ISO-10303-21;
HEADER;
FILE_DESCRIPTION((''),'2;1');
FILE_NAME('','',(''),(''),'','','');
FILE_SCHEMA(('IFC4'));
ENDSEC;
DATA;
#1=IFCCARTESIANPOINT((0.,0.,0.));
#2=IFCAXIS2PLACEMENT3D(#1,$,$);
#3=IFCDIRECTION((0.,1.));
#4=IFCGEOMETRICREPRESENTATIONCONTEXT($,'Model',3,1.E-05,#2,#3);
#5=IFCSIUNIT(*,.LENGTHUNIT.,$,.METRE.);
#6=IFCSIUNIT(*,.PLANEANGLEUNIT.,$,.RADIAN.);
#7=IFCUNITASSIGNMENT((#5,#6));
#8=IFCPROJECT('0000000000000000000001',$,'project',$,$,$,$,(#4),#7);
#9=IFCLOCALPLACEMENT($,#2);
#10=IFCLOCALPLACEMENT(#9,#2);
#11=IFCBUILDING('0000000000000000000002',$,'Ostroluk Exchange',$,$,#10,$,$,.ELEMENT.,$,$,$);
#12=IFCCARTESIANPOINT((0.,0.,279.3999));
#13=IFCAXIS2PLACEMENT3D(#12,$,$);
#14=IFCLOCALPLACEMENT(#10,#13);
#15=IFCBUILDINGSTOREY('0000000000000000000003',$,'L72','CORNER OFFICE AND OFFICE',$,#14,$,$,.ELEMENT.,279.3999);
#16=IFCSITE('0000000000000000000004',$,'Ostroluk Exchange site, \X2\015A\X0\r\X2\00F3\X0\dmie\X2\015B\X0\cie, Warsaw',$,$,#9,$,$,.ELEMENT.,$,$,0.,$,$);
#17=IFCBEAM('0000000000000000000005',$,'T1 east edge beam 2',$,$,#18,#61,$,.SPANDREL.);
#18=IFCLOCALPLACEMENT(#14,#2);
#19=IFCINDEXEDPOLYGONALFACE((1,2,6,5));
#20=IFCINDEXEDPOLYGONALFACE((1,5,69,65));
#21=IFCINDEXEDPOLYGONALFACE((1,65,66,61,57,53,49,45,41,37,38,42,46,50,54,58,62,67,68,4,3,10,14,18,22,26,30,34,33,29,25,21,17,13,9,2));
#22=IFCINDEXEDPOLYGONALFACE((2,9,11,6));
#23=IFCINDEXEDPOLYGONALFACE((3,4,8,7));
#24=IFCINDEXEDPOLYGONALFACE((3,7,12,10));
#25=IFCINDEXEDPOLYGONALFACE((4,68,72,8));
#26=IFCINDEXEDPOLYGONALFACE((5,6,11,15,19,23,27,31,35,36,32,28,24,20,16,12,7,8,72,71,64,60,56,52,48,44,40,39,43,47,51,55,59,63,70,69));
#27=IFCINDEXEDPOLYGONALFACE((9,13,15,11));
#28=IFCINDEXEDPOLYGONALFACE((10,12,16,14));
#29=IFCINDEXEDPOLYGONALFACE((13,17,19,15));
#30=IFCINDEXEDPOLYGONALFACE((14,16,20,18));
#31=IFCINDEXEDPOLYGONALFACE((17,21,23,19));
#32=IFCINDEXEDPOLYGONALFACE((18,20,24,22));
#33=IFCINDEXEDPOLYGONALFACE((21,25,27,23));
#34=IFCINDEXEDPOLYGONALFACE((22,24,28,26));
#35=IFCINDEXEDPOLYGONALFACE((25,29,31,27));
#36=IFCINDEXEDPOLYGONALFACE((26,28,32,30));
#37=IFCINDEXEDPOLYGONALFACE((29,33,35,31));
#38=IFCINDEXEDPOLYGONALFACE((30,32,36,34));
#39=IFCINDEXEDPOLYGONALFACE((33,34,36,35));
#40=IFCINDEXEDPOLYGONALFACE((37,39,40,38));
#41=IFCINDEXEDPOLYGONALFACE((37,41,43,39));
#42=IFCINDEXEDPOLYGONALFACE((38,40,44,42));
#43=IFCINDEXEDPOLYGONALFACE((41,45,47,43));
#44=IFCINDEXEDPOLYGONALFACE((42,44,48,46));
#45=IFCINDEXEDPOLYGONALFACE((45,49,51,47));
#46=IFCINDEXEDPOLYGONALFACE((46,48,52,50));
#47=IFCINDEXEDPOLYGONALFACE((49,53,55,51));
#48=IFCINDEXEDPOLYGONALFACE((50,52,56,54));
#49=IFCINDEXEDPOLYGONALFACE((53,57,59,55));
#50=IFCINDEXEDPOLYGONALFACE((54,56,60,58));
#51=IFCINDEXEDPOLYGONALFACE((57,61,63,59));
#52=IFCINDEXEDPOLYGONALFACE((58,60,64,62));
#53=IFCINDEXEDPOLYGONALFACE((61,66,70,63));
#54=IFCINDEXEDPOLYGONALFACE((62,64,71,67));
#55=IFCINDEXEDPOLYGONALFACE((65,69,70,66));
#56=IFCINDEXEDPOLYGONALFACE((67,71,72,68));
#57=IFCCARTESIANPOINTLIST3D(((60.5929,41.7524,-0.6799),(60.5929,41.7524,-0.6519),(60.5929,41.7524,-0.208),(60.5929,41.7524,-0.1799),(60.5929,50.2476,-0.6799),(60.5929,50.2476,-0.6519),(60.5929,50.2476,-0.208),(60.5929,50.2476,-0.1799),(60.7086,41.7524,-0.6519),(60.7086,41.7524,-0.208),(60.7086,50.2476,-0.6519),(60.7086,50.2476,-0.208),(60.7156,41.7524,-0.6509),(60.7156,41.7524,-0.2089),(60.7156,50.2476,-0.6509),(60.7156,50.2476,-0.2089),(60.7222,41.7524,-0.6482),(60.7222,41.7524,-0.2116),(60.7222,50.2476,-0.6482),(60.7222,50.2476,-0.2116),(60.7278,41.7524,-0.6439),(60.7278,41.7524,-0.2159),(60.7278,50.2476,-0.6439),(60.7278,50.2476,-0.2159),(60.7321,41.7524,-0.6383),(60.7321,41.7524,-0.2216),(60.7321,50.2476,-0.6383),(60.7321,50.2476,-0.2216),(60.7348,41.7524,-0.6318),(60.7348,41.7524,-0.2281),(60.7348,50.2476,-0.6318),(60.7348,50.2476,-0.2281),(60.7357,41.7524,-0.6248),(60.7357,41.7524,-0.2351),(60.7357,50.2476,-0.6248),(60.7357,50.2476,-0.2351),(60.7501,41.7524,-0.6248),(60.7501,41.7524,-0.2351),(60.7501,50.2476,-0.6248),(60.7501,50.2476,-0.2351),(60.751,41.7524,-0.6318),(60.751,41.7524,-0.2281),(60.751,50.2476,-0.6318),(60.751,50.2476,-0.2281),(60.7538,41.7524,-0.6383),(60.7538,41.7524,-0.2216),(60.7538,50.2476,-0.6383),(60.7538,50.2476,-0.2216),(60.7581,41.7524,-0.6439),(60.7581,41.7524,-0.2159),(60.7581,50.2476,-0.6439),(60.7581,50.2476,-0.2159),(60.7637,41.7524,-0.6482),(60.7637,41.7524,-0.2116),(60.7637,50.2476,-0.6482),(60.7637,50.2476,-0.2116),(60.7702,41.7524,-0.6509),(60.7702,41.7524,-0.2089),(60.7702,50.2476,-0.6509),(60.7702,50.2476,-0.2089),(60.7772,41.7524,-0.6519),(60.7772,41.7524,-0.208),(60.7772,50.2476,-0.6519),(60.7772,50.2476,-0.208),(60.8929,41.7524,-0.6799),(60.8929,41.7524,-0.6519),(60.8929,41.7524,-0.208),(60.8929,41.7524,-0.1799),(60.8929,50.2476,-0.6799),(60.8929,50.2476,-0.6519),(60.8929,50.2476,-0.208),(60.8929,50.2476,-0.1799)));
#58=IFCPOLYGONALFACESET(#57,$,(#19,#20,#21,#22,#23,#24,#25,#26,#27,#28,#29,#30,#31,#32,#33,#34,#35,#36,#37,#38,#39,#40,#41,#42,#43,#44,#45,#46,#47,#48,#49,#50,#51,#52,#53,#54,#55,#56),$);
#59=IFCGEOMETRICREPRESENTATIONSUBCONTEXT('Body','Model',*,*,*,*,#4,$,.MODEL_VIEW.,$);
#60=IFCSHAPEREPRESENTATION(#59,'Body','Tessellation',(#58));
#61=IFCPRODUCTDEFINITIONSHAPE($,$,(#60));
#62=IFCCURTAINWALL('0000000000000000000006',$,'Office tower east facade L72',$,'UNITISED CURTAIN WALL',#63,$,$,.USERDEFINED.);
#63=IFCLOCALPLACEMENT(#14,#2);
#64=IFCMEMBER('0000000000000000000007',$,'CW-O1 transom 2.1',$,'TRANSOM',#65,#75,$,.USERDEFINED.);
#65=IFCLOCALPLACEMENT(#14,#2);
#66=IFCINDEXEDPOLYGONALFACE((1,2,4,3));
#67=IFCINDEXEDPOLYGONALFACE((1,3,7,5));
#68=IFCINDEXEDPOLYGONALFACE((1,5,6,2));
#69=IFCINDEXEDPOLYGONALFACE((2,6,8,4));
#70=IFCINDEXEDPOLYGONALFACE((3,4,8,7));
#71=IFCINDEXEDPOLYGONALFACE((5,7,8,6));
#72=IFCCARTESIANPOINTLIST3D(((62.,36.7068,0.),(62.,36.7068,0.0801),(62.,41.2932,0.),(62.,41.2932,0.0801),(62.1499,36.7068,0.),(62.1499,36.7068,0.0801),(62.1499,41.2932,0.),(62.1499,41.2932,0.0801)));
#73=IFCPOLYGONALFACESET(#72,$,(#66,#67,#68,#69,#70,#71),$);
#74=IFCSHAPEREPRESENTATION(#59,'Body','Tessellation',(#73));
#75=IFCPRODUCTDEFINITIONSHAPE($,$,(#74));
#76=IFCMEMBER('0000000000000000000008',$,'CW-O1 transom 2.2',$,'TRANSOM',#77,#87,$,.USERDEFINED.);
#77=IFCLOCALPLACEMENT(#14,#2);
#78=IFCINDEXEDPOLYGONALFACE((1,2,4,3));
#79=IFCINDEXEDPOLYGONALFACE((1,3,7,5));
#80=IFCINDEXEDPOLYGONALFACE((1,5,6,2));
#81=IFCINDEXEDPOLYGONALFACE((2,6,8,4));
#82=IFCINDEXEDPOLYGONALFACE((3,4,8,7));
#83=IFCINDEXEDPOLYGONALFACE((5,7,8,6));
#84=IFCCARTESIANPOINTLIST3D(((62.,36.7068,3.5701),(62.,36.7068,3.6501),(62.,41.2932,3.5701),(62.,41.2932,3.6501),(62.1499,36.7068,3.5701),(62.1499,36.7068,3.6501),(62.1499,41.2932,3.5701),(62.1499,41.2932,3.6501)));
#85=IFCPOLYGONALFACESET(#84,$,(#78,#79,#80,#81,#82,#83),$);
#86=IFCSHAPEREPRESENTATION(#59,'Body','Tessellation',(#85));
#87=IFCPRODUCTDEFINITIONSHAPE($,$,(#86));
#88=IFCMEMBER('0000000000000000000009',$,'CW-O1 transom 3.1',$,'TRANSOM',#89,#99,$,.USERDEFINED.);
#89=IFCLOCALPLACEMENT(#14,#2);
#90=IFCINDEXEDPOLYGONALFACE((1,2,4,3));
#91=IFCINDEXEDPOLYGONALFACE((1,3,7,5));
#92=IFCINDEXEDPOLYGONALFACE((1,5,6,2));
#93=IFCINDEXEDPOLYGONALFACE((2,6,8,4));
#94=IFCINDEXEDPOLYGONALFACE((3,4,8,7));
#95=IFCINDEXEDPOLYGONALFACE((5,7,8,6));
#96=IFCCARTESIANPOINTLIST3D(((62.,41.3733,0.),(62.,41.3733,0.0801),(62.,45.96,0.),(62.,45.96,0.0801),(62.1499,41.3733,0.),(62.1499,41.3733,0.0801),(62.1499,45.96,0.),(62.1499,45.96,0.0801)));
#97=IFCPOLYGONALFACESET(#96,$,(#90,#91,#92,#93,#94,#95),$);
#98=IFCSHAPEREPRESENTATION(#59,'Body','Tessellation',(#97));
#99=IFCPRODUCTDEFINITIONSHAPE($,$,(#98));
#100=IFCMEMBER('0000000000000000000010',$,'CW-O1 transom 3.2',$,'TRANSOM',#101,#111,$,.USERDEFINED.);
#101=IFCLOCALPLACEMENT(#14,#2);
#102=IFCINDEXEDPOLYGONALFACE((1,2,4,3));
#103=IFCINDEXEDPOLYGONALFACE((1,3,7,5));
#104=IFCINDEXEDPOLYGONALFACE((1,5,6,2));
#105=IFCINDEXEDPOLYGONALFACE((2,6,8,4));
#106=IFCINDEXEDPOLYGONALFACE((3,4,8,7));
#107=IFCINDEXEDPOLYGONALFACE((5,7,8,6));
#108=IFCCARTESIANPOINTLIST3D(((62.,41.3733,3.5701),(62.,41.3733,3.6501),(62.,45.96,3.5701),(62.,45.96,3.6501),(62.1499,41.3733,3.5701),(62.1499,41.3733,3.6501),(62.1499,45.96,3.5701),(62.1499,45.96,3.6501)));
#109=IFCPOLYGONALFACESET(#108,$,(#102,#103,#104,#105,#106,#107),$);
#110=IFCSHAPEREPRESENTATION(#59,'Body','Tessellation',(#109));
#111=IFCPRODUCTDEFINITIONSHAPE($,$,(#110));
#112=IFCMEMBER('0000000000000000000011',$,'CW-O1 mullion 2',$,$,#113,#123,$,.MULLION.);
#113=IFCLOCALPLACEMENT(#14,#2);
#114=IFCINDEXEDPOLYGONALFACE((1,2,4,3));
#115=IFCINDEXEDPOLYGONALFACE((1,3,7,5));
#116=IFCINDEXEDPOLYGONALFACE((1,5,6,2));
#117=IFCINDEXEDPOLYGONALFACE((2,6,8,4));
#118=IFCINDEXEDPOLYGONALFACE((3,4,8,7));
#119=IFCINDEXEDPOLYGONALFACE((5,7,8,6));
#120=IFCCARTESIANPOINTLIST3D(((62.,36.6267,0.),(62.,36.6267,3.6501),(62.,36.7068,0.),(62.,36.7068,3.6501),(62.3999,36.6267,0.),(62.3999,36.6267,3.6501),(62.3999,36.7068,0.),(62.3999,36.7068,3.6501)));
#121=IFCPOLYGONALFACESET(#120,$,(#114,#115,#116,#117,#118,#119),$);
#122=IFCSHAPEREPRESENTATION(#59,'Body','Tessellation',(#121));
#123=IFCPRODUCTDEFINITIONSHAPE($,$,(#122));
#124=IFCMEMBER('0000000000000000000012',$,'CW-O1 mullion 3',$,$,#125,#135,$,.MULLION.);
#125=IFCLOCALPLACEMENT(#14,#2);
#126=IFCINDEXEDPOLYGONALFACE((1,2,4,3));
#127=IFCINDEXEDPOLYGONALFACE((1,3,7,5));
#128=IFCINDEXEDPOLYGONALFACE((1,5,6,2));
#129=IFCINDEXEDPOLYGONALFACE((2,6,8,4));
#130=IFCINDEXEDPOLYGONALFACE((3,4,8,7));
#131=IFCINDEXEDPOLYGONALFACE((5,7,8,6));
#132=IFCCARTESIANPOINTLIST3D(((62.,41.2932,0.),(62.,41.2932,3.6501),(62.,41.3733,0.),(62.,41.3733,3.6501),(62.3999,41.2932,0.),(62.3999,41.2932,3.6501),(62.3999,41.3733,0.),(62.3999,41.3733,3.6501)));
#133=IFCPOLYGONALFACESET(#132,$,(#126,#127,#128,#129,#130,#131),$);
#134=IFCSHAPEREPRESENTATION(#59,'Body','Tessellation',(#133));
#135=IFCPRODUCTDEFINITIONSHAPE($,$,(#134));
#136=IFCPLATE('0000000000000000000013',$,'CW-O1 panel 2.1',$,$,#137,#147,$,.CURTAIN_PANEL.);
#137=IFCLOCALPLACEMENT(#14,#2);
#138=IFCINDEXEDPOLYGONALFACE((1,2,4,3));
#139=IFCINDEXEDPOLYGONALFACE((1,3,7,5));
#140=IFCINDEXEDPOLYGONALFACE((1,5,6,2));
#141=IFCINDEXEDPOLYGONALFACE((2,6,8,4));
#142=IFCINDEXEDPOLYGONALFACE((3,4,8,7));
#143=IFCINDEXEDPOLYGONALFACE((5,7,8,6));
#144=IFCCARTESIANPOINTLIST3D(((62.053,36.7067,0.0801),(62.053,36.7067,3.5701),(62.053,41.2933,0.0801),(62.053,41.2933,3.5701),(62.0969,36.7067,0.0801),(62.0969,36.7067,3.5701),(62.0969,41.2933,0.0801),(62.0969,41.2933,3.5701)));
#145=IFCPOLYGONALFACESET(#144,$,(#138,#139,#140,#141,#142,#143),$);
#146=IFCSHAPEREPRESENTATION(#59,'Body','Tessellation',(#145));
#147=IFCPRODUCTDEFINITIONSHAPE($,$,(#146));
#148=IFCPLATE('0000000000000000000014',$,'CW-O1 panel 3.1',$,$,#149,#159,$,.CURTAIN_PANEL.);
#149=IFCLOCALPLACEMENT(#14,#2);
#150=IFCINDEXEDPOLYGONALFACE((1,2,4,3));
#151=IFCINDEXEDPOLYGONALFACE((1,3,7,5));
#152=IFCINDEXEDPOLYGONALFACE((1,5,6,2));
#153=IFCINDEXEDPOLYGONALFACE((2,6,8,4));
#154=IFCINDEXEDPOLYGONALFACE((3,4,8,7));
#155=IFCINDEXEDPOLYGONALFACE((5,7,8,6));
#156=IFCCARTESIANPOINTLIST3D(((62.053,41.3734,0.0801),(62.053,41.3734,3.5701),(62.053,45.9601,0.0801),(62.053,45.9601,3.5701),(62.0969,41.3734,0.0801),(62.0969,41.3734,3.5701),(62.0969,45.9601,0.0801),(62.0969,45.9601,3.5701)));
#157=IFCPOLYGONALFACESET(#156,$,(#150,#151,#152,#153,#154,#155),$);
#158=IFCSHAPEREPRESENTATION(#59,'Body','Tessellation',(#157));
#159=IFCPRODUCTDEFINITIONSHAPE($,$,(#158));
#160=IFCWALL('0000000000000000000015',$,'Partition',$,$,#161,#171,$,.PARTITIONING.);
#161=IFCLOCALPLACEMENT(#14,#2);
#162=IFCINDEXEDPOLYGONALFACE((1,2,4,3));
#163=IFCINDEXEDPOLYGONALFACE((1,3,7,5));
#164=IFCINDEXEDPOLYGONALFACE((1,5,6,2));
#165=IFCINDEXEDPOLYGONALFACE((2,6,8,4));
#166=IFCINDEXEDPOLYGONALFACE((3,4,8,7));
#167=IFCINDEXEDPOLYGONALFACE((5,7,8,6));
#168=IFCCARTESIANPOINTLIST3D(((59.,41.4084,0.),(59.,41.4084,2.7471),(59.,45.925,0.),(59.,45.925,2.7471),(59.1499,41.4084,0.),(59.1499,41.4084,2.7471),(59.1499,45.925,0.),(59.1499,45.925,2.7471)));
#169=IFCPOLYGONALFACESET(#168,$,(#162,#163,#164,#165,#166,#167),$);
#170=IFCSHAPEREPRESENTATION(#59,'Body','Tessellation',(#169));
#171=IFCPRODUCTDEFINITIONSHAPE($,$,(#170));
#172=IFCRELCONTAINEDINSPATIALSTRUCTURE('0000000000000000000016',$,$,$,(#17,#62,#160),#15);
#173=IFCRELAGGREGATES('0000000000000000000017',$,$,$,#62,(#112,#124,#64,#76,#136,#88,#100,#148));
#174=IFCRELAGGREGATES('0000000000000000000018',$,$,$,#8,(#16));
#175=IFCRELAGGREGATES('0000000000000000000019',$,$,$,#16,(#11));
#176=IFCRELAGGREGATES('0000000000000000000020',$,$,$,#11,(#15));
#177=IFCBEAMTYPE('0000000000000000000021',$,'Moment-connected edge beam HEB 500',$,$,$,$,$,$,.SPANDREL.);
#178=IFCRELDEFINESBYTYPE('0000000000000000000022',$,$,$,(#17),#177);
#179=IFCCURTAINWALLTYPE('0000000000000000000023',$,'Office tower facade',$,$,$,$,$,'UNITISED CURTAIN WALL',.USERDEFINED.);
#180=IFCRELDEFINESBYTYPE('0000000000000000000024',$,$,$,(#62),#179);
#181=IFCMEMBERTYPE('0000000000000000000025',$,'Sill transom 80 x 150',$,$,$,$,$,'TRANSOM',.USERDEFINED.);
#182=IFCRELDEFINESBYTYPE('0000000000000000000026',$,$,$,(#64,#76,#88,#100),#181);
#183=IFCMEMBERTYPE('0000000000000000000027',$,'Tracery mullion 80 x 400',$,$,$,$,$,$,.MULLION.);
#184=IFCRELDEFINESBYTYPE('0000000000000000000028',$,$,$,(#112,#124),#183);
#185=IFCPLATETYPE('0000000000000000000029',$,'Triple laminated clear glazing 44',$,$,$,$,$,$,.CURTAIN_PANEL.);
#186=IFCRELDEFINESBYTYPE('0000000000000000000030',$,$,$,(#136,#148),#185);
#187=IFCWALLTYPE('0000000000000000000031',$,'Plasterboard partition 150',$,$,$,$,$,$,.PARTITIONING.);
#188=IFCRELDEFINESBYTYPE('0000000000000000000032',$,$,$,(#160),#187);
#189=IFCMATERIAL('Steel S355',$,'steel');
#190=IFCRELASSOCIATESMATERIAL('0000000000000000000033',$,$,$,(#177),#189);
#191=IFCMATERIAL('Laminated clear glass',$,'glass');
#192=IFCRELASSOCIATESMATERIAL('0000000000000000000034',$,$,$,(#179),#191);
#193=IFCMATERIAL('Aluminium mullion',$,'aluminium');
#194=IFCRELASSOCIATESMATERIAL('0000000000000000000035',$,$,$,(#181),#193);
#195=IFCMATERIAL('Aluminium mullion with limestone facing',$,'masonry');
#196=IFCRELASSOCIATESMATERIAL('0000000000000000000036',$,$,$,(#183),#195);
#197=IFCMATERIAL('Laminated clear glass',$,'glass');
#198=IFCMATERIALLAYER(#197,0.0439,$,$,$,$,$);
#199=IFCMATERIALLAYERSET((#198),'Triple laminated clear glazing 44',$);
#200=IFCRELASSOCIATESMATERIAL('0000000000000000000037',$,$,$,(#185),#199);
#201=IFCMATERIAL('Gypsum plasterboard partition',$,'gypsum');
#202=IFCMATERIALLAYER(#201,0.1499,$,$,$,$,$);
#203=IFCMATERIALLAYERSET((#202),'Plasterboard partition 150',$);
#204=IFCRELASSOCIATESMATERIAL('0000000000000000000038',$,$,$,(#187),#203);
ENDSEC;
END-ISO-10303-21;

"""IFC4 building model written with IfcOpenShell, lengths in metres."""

from ifc_helpers import new_model, si_unit, direction, frame, frame_2d, origin, origin_2d, place, context, subcontext, project, spatial, rectangle, i_section, extrude, material, layer, layer_set, material_profile, profile_set, type_object, element, aggregate, save


model = new_model("IFC4")

# Units and contexts
model_context = context("Model", 3, precision=1e-05, world=origin(), true_north=direction((0.0, 1.0)))
body_context = subcontext(model_context, "Body", "Model", "MODEL_VIEW")
ifc_project = project(units=[si_unit("LENGTHUNIT", "METRE"), si_unit("PLANEANGLEUNIT", "RADIAN")], contexts=[model_context])

# Site, building, storey
site_placement = place(None, origin())
site = spatial("IfcSite", under=ifc_project, at=site_placement, Name="Ostroluk Exchange site, Śródmieście, Warsaw", CompositionType="ELEMENT", RefElevation=0.0)
building_placement = place(site_placement, origin())
building = spatial("IfcBuilding", under=site, at=building_placement, Name="Ostroluk Exchange", CompositionType="ELEMENT")
storey_placement = place(building_placement, frame((0.0, 0.0, 279.3999)))
storey = spatial("IfcBuildingStorey", under=building, at=storey_placement, Name="L72", Description="CORNER OFFICE AND OFFICE", CompositionType="ELEMENT", Elevation=279.3999)

# Beam
ifc_material_1 = material(Name="Steel S355", Category="steel")
ifc_material_profile_1 = material_profile(ifc_material_1, i_section(OverallWidth=0.3, OverallDepth=0.5, WebThickness=0.0144, FlangeThickness=0.0281, FilletRadius=0.0271, at=origin_2d()), Name="HEB 500")
ifc_profile_set_1 = profile_set([ifc_material_profile_1], Name="Steel S355")
beam_type_1 = type_object("IfcBeamType", Name="Moment-connected edge beam HEB 500", PredefinedType="SPANDREL", material=ifc_profile_set_1)
beam_1_placement = place(storey_placement, frame((60.7429, 41.7524, -0.4299), z_axis=(0.0, 1.0, 0.0), x_axis=(-1.0, 0.0, 0.0)))
element("IfcBeam", 1, at=beam_1_placement, inside=storey, type_object=beam_type_1, Name="T1 east edge beam 2", PredefinedType="SPANDREL", context=body_context, shape_type="SweptSolid", body=[
    extrude(i_section(OverallWidth=0.3, OverallDepth=0.5, WebThickness=0.0144, FlangeThickness=0.0281, FilletRadius=0.0271, at=origin_2d()), origin(), (0.0, 0.0, 1.0), 8.4951),
])

# Curtain wall, members, plates
ifc_material_2 = material(Name="Laminated clear glass", Category="glass")
curtain_wall_type = type_object("IfcCurtainWallType", Name="Office tower facade", ElementType="UNITISED CURTAIN WALL", PredefinedType="USERDEFINED", material=ifc_material_2)
curtain_wall_placement = place(storey_placement, origin())
curtain_wall = element("IfcCurtainWall", 2, at=curtain_wall_placement, inside=storey, type_object=curtain_wall_type, Name="Office tower east facade L72", ObjectType="UNITISED CURTAIN WALL", PredefinedType="USERDEFINED")
ifc_material_3 = material(Name="Aluminium mullion", Category="aluminium")
ifc_material_profile_2 = material_profile(ifc_material_3, rectangle(XDim=0.1499, YDim=0.0801, at=origin_2d()), Name="Sill transom 80 x 150")
ifc_profile_set_2 = profile_set([ifc_material_profile_2], Name="Aluminium mullion")
member_type_1 = type_object("IfcMemberType", Name="Sill transom 80 x 150", ElementType="TRANSOM", PredefinedType="USERDEFINED", material=ifc_profile_set_2)
member_1_placement = place(storey_placement, frame((62.075, 36.7068, 0.04), z_axis=(0.0, 1.0, 0.0), x_axis=(-1.0, 0.0, 0.0)))
member_1 = element("IfcMember", 3, at=member_1_placement, type_object=member_type_1, Name="CW-O1 transom 2.1", ObjectType="TRANSOM", PredefinedType="USERDEFINED", context=body_context, shape_type="SweptSolid", body=[
    extrude(rectangle(XDim=0.1499, YDim=0.0801, at=origin_2d()), origin(), (0.0, 0.0, 1.0), 4.5864),
])
member_2_placement = place(storey_placement, frame((62.075, 36.7068, 3.6101), z_axis=(0.0, 1.0, 0.0), x_axis=(-1.0, 0.0, 0.0)))
member_2 = element("IfcMember", 4, at=member_2_placement, type_object=member_type_1, Name="CW-O1 transom 2.2", ObjectType="TRANSOM", PredefinedType="USERDEFINED", context=body_context, shape_type="SweptSolid", body=[
    extrude(rectangle(XDim=0.1499, YDim=0.0801, at=origin_2d()), origin(), (0.0, 0.0, 1.0), 4.5864),
])
member_3_placement = place(storey_placement, frame((62.075, 41.3733, 0.04), z_axis=(0.0, 1.0, 0.0), x_axis=(-1.0, 0.0, 0.0)))
member_3 = element("IfcMember", 5, at=member_3_placement, type_object=member_type_1, Name="CW-O1 transom 3.1", ObjectType="TRANSOM", PredefinedType="USERDEFINED", context=body_context, shape_type="SweptSolid", body=[
    extrude(rectangle(XDim=0.1499, YDim=0.0801, at=origin_2d()), origin(), (0.0, 0.0, 1.0), 4.5867),
])
member_4_placement = place(storey_placement, frame((62.075, 41.3733, 3.6101), z_axis=(0.0, 1.0, 0.0), x_axis=(-1.0, 0.0, 0.0)))
member_4 = element("IfcMember", 6, at=member_4_placement, type_object=member_type_1, Name="CW-O1 transom 3.2", ObjectType="TRANSOM", PredefinedType="USERDEFINED", context=body_context, shape_type="SweptSolid", body=[
    extrude(rectangle(XDim=0.1499, YDim=0.0801, at=origin_2d()), origin(), (0.0, 0.0, 1.0), 4.5867),
])
ifc_material_4 = material(Name="Aluminium mullion with limestone facing", Category="masonry")
ifc_material_profile_3 = material_profile(ifc_material_4, rectangle(XDim=0.3999, YDim=0.0801, at=origin_2d()), Name="Tracery mullion 80 x 400")
ifc_profile_set_3 = profile_set([ifc_material_profile_3], Name="Aluminium mullion with limestone facing")
member_type_2 = type_object("IfcMemberType", Name="Tracery mullion 80 x 400", PredefinedType="MULLION", material=ifc_profile_set_3)
member_5_placement = place(storey_placement, frame((62.2, 36.6667, 0.0), z_axis=(0.0, 0.0, 1.0), x_axis=(-1.0, 0.0, 0.0)))
member_5 = element("IfcMember", 7, at=member_5_placement, type_object=member_type_2, Name="CW-O1 mullion 2", PredefinedType="MULLION", context=body_context, shape_type="SweptSolid", body=[
    extrude(rectangle(XDim=0.3999, YDim=0.0801, at=origin_2d()), origin(), (0.0, 0.0, 1.0), 3.6501),
])
member_6_placement = place(storey_placement, frame((62.2, 41.3333, 0.0), z_axis=(0.0, 0.0, 1.0), x_axis=(-1.0, 0.0, 0.0)))
member_6 = element("IfcMember", 8, at=member_6_placement, type_object=member_type_2, Name="CW-O1 mullion 3", PredefinedType="MULLION", context=body_context, shape_type="SweptSolid", body=[
    extrude(rectangle(XDim=0.3999, YDim=0.0801, at=origin_2d()), origin(), (0.0, 0.0, 1.0), 3.6501),
])
ifc_material_5 = material(Name="Laminated clear glass", Category="glass")
ifc_layer_1 = layer(ifc_material_5, 0.0439)
ifc_layer_set_1 = layer_set([ifc_layer_1], Name="Triple laminated clear glazing 44")
plate_type = type_object("IfcPlateType", Name="Triple laminated clear glazing 44", PredefinedType="CURTAIN_PANEL", material=ifc_layer_set_1)
plate_1_placement = place(storey_placement, frame((62.075, 39.0, 0.0801), z_axis=(0.0, 0.0, 1.0), x_axis=(0.0, 1.0, 0.0)))
plate_1 = element("IfcPlate", 9, at=plate_1_placement, type_object=plate_type, Name="CW-O1 panel 2.1", PredefinedType="CURTAIN_PANEL", context=body_context, shape_type="SweptSolid", body=[
    extrude(rectangle(XDim=4.5867, YDim=0.0439, at=origin_2d()), origin(), (0.0, 0.0, 1.0), 3.49),
])
plate_2_placement = place(storey_placement, frame((62.075, 43.6667, 0.0801), z_axis=(0.0, 0.0, 1.0), x_axis=(0.0, 1.0, 0.0)))
plate_2 = element("IfcPlate", 10, at=plate_2_placement, type_object=plate_type, Name="CW-O1 panel 3.1", PredefinedType="CURTAIN_PANEL", context=body_context, shape_type="SweptSolid", body=[
    extrude(rectangle(XDim=4.5867, YDim=0.0439, at=origin_2d()), origin(), (0.0, 0.0, 1.0), 3.49),
])
aggregate(curtain_wall, [member_5, member_6, member_1, member_2, plate_1, member_3, member_4, plate_2])

# Wall
ifc_material_6 = material(Name="Gypsum plasterboard partition", Category="gypsum")
ifc_layer_2 = layer(ifc_material_6, 0.1499)
ifc_layer_set_2 = layer_set([ifc_layer_2], Name="Plasterboard partition 150")
wall_type = type_object("IfcWallType", Name="Plasterboard partition 150", PredefinedType="PARTITIONING", material=ifc_layer_set_2)
wall_1_placement = place(storey_placement, frame((59.075, 41.4084, 0.0), z_axis=(0.0, 0.0, 1.0), x_axis=(0.0, 1.0, 0.0)))
element("IfcWall", 11, at=wall_1_placement, inside=storey, type_object=wall_type, Name="Partition", PredefinedType="PARTITIONING", context=body_context, shape_type="SweptSolid", body=[
    extrude(rectangle(XDim=4.5166, YDim=0.1499, at=frame_2d((2.2583, 0.0))), origin(), (0.0, 0.0, 1.0), 2.7471),
])

save(model, "model.ifc")
